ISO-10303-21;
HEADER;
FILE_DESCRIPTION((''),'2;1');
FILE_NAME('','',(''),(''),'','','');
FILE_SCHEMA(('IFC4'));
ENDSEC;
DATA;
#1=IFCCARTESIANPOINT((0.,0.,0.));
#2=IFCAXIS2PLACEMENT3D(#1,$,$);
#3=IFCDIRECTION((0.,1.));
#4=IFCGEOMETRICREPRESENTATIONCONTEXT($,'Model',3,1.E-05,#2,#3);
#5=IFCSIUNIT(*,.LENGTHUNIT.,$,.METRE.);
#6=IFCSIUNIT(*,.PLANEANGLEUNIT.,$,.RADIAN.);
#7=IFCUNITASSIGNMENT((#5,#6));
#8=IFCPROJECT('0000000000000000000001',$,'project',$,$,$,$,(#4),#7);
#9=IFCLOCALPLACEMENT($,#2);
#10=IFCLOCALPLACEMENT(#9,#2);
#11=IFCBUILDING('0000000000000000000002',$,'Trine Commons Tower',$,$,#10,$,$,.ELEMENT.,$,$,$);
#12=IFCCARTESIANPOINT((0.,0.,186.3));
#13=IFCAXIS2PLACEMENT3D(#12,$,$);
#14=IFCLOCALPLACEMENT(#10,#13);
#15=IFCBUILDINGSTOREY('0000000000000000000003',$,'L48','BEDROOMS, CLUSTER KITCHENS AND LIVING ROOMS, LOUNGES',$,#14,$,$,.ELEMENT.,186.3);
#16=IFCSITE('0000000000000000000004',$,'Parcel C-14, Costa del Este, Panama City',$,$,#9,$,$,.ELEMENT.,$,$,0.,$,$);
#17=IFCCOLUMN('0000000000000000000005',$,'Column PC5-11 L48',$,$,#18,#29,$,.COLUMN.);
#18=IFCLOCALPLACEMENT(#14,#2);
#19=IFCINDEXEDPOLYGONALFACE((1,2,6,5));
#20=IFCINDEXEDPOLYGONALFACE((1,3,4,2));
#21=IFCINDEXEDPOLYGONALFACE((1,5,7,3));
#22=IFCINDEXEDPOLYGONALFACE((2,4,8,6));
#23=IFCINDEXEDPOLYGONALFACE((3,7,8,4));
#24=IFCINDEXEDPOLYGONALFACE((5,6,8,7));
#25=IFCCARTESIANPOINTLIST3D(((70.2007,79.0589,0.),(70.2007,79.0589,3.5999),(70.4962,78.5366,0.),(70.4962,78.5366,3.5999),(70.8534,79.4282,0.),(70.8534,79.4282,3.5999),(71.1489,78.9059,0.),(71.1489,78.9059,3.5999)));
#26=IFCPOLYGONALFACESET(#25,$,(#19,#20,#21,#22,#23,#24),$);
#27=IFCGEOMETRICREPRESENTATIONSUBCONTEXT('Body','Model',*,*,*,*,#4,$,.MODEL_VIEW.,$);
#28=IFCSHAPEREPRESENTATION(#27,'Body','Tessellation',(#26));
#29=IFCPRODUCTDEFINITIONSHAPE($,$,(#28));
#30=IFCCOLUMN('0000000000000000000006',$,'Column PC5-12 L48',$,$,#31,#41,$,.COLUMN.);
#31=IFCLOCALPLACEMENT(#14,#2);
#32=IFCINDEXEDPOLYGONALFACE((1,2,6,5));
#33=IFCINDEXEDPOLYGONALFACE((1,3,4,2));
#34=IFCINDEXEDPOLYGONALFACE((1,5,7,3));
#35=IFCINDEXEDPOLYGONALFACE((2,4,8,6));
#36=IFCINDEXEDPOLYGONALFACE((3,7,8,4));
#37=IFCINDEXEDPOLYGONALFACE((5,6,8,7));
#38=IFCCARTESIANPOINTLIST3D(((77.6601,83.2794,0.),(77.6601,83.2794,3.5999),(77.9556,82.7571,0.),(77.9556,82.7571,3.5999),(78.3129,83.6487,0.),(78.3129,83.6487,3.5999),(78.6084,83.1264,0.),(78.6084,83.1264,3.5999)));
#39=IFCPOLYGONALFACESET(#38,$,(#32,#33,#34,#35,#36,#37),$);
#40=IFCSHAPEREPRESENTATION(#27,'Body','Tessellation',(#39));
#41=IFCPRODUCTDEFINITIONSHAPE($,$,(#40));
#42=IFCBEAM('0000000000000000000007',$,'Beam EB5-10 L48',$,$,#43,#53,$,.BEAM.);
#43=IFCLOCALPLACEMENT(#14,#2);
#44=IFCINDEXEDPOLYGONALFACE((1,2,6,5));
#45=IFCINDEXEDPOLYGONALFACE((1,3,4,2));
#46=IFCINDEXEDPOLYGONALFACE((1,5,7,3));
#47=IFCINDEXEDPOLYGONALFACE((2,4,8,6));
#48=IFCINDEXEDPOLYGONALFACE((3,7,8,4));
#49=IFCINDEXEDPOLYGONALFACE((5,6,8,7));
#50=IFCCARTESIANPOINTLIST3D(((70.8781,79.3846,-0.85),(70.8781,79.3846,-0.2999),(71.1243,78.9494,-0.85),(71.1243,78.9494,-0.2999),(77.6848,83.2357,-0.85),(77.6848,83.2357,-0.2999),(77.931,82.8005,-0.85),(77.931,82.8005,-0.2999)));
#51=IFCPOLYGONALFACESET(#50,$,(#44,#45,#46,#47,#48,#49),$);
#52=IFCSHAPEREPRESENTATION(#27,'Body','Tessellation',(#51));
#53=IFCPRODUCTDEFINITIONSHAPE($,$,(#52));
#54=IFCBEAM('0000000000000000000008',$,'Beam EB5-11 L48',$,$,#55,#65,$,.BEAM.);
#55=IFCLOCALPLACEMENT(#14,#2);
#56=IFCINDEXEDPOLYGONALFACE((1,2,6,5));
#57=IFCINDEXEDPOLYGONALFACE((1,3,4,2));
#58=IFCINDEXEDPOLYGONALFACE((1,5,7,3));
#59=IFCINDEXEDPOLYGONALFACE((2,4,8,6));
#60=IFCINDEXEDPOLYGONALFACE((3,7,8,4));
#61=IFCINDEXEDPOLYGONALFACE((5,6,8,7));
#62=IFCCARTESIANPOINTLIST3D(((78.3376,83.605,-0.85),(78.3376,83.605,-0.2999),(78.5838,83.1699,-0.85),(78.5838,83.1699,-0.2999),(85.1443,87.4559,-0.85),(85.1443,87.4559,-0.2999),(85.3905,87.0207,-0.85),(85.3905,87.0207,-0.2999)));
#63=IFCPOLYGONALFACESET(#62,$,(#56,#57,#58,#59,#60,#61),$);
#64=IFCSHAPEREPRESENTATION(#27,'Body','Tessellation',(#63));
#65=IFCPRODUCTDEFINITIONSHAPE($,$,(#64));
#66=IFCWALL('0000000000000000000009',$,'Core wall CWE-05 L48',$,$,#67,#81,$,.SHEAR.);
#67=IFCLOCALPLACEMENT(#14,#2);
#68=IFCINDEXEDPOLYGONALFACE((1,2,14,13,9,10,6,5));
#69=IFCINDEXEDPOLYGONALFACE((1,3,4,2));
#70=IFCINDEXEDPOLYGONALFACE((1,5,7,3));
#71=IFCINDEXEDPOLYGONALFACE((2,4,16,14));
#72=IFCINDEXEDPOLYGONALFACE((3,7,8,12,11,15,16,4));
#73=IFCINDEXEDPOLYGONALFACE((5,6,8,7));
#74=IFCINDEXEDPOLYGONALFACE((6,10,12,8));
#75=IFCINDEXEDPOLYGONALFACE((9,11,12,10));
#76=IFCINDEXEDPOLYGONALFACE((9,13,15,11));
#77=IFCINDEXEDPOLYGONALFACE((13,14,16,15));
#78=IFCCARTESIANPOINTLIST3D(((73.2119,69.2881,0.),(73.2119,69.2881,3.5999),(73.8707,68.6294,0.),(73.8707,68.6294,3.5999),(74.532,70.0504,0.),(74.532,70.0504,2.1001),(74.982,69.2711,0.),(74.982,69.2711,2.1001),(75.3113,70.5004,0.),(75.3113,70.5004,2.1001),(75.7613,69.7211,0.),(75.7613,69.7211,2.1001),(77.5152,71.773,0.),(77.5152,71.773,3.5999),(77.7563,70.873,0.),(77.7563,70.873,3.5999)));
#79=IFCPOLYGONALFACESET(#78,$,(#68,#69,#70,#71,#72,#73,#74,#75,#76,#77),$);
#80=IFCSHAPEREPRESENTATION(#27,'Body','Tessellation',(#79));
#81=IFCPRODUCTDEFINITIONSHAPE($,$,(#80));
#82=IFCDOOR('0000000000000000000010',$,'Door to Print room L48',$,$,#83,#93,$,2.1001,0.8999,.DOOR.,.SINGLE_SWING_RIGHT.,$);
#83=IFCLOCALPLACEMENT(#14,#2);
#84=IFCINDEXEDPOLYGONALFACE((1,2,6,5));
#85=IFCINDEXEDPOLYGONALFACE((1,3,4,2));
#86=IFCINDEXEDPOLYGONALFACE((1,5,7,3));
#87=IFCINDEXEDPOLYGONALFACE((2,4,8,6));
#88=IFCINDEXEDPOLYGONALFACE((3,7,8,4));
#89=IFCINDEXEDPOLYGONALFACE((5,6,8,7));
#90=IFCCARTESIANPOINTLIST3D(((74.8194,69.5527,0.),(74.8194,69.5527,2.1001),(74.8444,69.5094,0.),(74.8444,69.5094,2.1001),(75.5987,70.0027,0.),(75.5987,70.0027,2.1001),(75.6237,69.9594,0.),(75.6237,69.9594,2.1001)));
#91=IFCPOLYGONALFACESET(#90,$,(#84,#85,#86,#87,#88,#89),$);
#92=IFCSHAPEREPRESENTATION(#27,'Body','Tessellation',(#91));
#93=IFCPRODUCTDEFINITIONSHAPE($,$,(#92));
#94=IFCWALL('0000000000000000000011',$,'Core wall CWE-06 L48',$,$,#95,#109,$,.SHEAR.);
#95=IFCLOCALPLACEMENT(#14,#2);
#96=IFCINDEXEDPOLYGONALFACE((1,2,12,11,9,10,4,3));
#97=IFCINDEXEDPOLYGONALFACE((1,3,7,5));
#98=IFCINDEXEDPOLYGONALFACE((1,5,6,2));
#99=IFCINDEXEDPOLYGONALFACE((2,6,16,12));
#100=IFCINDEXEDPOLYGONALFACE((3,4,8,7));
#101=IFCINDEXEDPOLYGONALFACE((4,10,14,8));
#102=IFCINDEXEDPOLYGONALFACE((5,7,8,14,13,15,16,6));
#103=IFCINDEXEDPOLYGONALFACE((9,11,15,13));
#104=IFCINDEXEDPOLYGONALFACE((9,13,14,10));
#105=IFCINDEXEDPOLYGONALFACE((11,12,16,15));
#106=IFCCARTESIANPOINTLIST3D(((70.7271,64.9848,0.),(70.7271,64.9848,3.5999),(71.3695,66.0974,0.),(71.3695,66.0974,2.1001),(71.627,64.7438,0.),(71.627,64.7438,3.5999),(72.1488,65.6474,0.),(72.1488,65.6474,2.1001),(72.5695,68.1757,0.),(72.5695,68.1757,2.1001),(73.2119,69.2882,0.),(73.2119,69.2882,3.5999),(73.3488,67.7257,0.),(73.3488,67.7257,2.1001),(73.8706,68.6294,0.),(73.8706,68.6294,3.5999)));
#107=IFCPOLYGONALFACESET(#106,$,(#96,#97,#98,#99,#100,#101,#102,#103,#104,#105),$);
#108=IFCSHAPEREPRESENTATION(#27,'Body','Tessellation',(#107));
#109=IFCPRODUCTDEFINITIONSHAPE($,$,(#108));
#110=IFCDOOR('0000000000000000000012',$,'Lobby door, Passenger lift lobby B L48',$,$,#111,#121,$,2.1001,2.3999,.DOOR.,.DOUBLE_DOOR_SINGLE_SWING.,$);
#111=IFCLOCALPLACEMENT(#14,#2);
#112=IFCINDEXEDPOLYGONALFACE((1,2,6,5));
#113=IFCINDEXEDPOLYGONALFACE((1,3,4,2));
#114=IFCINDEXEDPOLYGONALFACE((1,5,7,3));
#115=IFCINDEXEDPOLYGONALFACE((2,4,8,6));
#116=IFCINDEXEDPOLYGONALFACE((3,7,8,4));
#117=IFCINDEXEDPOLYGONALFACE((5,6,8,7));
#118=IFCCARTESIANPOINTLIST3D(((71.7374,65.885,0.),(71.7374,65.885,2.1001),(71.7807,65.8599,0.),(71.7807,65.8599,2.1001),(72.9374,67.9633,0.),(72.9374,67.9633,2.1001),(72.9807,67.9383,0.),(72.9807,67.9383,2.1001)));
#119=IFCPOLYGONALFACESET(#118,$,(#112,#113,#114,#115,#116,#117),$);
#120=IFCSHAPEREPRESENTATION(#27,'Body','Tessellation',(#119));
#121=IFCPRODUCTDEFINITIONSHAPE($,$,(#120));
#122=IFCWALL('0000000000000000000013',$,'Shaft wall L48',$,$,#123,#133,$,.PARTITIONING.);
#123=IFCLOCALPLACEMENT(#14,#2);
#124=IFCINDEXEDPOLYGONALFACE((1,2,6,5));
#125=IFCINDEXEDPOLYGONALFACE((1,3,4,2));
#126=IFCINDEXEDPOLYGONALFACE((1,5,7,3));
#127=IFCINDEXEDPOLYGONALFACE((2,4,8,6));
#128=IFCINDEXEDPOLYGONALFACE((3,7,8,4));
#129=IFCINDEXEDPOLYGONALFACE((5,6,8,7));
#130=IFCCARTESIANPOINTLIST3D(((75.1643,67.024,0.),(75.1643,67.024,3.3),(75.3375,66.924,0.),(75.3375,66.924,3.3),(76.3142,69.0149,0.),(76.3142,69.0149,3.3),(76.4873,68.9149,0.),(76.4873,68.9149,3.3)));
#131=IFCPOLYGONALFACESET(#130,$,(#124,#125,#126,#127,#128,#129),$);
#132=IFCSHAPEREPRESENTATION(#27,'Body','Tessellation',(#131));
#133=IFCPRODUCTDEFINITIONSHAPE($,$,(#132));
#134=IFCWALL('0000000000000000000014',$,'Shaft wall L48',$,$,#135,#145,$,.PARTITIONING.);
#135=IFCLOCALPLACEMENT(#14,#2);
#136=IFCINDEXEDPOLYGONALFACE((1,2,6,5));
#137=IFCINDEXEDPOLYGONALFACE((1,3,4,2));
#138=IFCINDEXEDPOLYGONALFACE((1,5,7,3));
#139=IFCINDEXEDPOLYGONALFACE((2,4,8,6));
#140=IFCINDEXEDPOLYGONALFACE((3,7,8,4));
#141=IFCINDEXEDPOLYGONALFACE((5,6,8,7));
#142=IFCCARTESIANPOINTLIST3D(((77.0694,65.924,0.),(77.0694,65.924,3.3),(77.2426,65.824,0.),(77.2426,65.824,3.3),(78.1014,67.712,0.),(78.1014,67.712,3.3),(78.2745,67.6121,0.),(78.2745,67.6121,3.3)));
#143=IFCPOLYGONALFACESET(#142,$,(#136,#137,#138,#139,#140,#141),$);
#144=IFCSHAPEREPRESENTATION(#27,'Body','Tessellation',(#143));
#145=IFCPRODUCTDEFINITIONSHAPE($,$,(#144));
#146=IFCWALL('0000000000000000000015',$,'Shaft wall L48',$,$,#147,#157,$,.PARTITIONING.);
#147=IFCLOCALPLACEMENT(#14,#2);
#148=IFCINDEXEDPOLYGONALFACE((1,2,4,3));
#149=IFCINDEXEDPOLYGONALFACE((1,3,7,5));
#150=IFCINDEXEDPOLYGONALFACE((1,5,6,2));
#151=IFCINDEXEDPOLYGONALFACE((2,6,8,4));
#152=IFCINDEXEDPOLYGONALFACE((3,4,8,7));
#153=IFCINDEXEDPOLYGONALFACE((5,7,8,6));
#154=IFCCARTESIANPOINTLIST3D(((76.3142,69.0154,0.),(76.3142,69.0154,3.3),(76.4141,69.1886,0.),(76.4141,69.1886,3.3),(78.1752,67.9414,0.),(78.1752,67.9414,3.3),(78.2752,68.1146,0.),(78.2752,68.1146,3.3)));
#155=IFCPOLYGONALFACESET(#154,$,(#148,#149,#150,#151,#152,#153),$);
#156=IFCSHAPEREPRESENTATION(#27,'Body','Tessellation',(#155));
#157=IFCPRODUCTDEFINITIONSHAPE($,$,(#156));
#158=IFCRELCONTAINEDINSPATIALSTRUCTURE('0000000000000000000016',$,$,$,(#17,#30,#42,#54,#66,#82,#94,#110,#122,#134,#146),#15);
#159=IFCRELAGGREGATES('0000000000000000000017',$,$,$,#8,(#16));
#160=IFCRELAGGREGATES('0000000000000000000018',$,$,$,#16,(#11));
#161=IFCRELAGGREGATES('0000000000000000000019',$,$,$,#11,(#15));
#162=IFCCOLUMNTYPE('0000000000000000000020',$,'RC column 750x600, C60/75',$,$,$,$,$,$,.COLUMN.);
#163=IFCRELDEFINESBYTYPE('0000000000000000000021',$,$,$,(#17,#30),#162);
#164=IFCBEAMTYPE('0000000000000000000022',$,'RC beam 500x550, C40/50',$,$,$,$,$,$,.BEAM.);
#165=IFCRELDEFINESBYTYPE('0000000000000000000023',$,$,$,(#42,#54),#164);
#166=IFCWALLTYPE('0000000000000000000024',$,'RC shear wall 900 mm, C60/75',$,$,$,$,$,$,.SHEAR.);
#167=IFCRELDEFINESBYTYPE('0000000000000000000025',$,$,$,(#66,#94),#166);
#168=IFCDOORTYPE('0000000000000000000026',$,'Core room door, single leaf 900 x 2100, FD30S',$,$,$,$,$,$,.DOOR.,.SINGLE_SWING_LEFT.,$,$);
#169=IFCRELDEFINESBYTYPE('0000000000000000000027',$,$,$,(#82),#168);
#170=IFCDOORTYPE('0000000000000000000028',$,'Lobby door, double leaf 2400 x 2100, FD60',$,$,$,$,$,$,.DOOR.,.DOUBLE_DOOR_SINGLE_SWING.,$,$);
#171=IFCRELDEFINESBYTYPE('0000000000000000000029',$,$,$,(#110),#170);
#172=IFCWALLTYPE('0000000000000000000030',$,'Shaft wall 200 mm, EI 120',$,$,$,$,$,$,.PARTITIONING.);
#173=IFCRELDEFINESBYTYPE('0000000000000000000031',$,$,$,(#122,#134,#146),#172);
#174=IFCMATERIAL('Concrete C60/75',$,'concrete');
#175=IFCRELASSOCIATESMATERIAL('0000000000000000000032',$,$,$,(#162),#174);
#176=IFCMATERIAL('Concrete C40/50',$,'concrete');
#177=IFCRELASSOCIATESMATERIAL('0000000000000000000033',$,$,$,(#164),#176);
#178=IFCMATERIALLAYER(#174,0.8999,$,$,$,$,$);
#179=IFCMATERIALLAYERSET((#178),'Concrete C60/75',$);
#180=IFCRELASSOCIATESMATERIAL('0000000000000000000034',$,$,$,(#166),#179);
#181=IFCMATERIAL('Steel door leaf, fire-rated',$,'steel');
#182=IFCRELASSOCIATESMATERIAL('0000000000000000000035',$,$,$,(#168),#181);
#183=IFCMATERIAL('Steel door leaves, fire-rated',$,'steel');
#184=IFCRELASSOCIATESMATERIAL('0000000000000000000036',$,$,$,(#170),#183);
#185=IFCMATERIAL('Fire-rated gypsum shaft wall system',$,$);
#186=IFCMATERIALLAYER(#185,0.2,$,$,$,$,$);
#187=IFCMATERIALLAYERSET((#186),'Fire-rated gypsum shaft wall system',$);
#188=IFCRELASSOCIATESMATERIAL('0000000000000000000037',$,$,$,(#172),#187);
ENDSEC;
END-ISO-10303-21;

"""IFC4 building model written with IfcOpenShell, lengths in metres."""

from ifc_helpers import new_model, si_unit, direction, frame, frame_2d, origin, origin_2d, place, context, subcontext, project, spatial, polyline, rectangle, outline, extrude, material, layer, layer_set, material_profile, profile_set, type_object, element, fill, save


model = new_model("IFC4")

# Units and contexts
model_context = context("Model", 3, precision=1e-05, world=origin(), true_north=direction((0.0, 1.0)))
body_context = subcontext(model_context, "Body", "Model", "MODEL_VIEW")
ifc_project = project(units=[si_unit("LENGTHUNIT", "METRE"), si_unit("PLANEANGLEUNIT", "RADIAN")], contexts=[model_context])

# Site, building, storey
site_placement = place(None, origin())
site = spatial("IfcSite", under=ifc_project, at=site_placement, Name="Parcel C-14, Costa del Este, Panama City", CompositionType="ELEMENT", RefElevation=0.0)
building_placement = place(site_placement, origin())
building = spatial("IfcBuilding", under=site, at=building_placement, Name="Trine Commons Tower", CompositionType="ELEMENT")
storey_placement = place(building_placement, frame((0.0, 0.0, 186.3)))
storey = spatial("IfcBuildingStorey", under=building, at=storey_placement, Name="L48", Description="BEDROOMS, CLUSTER KITCHENS AND LIVING ROOMS, LOUNGES", CompositionType="ELEMENT", Elevation=186.3)

# Columns
ifc_material_1 = material(Name="Concrete C60/75", Category="concrete")
ifc_material_profile_1 = material_profile(ifc_material_1, rectangle(XDim=0.75, YDim=0.6001, at=origin_2d()), Name="RC 750x600")
ifc_profile_set_1 = profile_set([ifc_material_profile_1], Name="Concrete C60/75")
column_type = type_object("IfcColumnType", Name="RC column 750x600, C60/75", PredefinedType="COLUMN", material=ifc_profile_set_1)
for number, where, z_axis, x_axis, name in (
    (1, (70.6748, 78.9824, 0.0), (0.0, 0.0, 1.0), (0.870356, 0.492424, 0.0), "Column PC5-11 L48"),
    (2, (78.1343, 83.2029, 0.0), (0.0, 0.0, 1.0), (0.870356, 0.492424, 0.0), "Column PC5-12 L48"),
):
    element("IfcColumn", number, at=place(storey_placement, frame(where, z_axis=z_axis, x_axis=x_axis)), inside=storey, type_object=column_type, Name=name, PredefinedType="COLUMN", context=body_context, shape_type="SweptSolid", body=[
        extrude(rectangle(XDim=0.75, YDim=0.6001, at=origin_2d()), origin(), (0.0, 0.0, 1.0), 3.5999),
    ])

# Beams
ifc_material_2 = material(Name="Concrete C40/50", Category="concrete")
ifc_material_profile_2 = material_profile(ifc_material_2, rectangle(XDim=0.5, YDim=0.55, at=origin_2d()), Name="RC 500x550")
ifc_profile_set_2 = profile_set([ifc_material_profile_2], Name="Concrete C40/50")
beam_type = type_object("IfcBeamType", Name="RC beam 500x550, C40/50", PredefinedType="BEAM", material=ifc_profile_set_2)
for number, where, z_axis, x_axis, name in (
    (3, (71.0012, 79.167, -0.575), (0.870352, 0.49243, 0.0), (-0.49243, 0.870352, 0.0), "Beam EB5-10 L48"),
    (4, (78.4607, 83.3875, -0.575), (0.870366, 0.492406, 0.0), (-0.492406, 0.870366, 0.0), "Beam EB5-11 L48"),
):
    element("IfcBeam", number, at=place(storey_placement, frame(where, z_axis=z_axis, x_axis=x_axis)), inside=storey, type_object=beam_type, Name=name, PredefinedType="BEAM", context=body_context, shape_type="SweptSolid", body=[
        extrude(rectangle(XDim=0.5, YDim=0.55, at=origin_2d()), origin(), (0.0, 0.0, 1.0), 7.8206),
    ])

# Walls, openings, doors
ifc_layer_1 = layer(ifc_material_1, 0.8999)
ifc_layer_set_1 = layer_set([ifc_layer_1], Name="Concrete C60/75")
wall_type_1 = type_object("IfcWallType", Name="RC shear wall 900 mm, C60/75", PredefinedType="SHEAR", material=ifc_layer_set_1)
wall_1_placement = place(storey_placement, frame((77.7402, 71.3833, 0.0), z_axis=(0.0, 0.0, 1.0), x_axis=(-0.866003, -0.500039, 0.0)))
wall_1 = element("IfcWall", 5, at=wall_1_placement, inside=storey, type_object=wall_type_1, Name="Core wall CWE-05 L48", PredefinedType="SHEAR", context=body_context, shape_type="SweptSolid", body=[
    extrude(outline(polyline([(0.0, -0.45), (4.9692, -0.45), (4.728, 0.45), (0.2412, 0.45), (0.0, -0.45)])), origin(), (0.0, 0.0, 1.0), 3.5999),
])
opening_1_placement = place(wall_1_placement, frame((2.5449, 0.0, 0.0)))
opening_1 = element("IfcOpeningElement", 6, at=opening_1_placement, cuts=wall_1, PredefinedType="OPENING", context=body_context, shape_type="SweptSolid", body=[
    extrude(rectangle(XDim=0.8999, YDim=2.1001, at=frame_2d((0.45, 1.05))), frame((0.0, 0.46, 0.0), z_axis=(0.0, -1.0, 0.0), x_axis=(1.0, 0.0, 0.0)), (0.0, 0.0, 1.0), 0.9199),
])
ifc_material_3 = material(Name="Steel door leaf, fire-rated", Category="steel")
door_type_1 = type_object("IfcDoorType", Name="Core room door, single leaf 900 x 2100, FD30S", OperationType="SINGLE_SWING_LEFT", PredefinedType="DOOR", material=ifc_material_3)
door_1_placement = place(opening_1_placement, origin())
door_1 = element("IfcDoor", 7, at=door_1_placement, inside=storey, type_object=door_type_1, Name="Door to Print room L48", OperationType="SINGLE_SWING_RIGHT", OverallHeight=2.1001, OverallWidth=0.8999, PredefinedType="DOOR", context=body_context, shape_type="SweptSolid", body=[
    extrude(rectangle(XDim=0.8999, YDim=2.1001, at=frame_2d((0.45, 1.05))), frame((0.0, 0.1748, 0.0), z_axis=(0.0, -1.0, 0.0), x_axis=(1.0, 0.0, 0.0)), (0.0, 0.0, 1.0), 0.05),
])
fill(opening_1, door_1)
wall_2_placement = place(storey_placement, frame((73.6016, 69.0632, 0.0), z_axis=(0.0, 0.0, 1.0), x_axis=(-0.500039, -0.866003, 0.0)))
wall_2 = element("IfcWall", 8, at=wall_2_placement, inside=storey, type_object=wall_type_1, Name="Core wall CWE-06 L48", PredefinedType="SHEAR", context=body_context, shape_type="SweptSolid", body=[
    extrude(outline(polyline([(0.0, -0.45), (4.9692, -0.45), (4.728, 0.45), (0.2412, 0.45), (0.0, -0.45)])), origin(), (0.0, 0.0, 1.0), 3.5999),
])
opening_2_placement = place(wall_2_placement, frame((1.2847, 0.0, 0.0)))
opening_2 = element("IfcOpeningElement", 9, at=opening_2_placement, cuts=wall_2, PredefinedType="OPENING", context=body_context, shape_type="SweptSolid", body=[
    extrude(rectangle(XDim=2.3999, YDim=2.1001, at=frame_2d((1.2, 1.05))), frame((0.0, 0.46, 0.0), z_axis=(0.0, -1.0, 0.0), x_axis=(1.0, 0.0, 0.0)), (0.0, 0.0, 1.0), 0.9199),
])
ifc_material_4 = material(Name="Steel door leaves, fire-rated", Category="steel")
door_type_2 = type_object("IfcDoorType", Name="Lobby door, double leaf 2400 x 2100, FD60", OperationType="DOUBLE_DOOR_SINGLE_SWING", PredefinedType="DOOR", material=ifc_material_4)
door_2_placement = place(opening_2_placement, origin())
door_2 = element("IfcDoor", 10, at=door_2_placement, inside=storey, type_object=door_type_2, Name="Lobby door, Passenger lift lobby B L48", OperationType="DOUBLE_DOOR_SINGLE_SWING", OverallHeight=2.1001, OverallWidth=2.3999, PredefinedType="DOOR", context=body_context, shape_type="SweptSolid", body=[
    extrude(rectangle(XDim=2.3999, YDim=2.1001, at=frame_2d((1.2, 1.05))), frame((0.0, 0.0249, 0.0), z_axis=(0.0, -1.0, 0.0), x_axis=(1.0, 0.0, 0.0)), (0.0, 0.0, 1.0), 0.05),
])
fill(opening_2, door_2)

# Walls
ifc_material_5 = material(Name="Fire-rated gypsum shaft wall system")
ifc_layer_2 = layer(ifc_material_5, 0.2)
ifc_layer_set_2 = layer_set([ifc_layer_2], Name="Fire-rated gypsum shaft wall system")
wall_type_2 = type_object("IfcWallType", Name="Shaft wall 200 mm, EI 120", PredefinedType="PARTITIONING", material=ifc_layer_set_2)
wall_3_placement = place(storey_placement, frame((75.251, 66.9741, 0.0), z_axis=(0.0, 0.0, 1.0), x_axis=(0.500136, 0.865947, 0.0)))
element("IfcWall", 11, at=wall_3_placement, inside=storey, type_object=wall_type_2, Name="Shaft wall L48", PredefinedType="PARTITIONING", context=body_context, shape_type="SweptSolid", body=[
    extrude(rectangle(XDim=2.2991, YDim=0.2, at=frame_2d((1.1494, 0.0))), origin(), (0.0, 0.0, 1.0), 3.3),
])
wall_4_placement = place(storey_placement, frame((77.156, 65.874, 0.0), z_axis=(0.0, 0.0, 1.0), x_axis=(0.499866, 0.866103, 0.0)))
element("IfcWall", 12, at=wall_4_placement, inside=storey, type_object=wall_type_2, Name="Shaft wall L48", PredefinedType="PARTITIONING", context=body_context, shape_type="SweptSolid", body=[
    extrude(rectangle(XDim=2.0645, YDim=0.2, at=frame_2d((1.0322, 0.0))), origin(), (0.0, 0.0, 1.0), 3.3),
])
wall_5_placement = place(storey_placement, frame((78.2251, 68.0281, 0.0), z_axis=(0.0, 0.0, 1.0), x_axis=(-0.866131, 0.499818, 0.0)))
element("IfcWall", 13, at=wall_5_placement, inside=storey, type_object=wall_type_2, Name="Shaft wall L48", PredefinedType="PARTITIONING", context=body_context, shape_type="SweptSolid", body=[
    extrude(rectangle(XDim=2.1487, YDim=0.2, at=frame_2d((1.0742, 0.0))), origin(), (0.0, 0.0, 1.0), 3.3),
])

save(model, "model.ifc")
